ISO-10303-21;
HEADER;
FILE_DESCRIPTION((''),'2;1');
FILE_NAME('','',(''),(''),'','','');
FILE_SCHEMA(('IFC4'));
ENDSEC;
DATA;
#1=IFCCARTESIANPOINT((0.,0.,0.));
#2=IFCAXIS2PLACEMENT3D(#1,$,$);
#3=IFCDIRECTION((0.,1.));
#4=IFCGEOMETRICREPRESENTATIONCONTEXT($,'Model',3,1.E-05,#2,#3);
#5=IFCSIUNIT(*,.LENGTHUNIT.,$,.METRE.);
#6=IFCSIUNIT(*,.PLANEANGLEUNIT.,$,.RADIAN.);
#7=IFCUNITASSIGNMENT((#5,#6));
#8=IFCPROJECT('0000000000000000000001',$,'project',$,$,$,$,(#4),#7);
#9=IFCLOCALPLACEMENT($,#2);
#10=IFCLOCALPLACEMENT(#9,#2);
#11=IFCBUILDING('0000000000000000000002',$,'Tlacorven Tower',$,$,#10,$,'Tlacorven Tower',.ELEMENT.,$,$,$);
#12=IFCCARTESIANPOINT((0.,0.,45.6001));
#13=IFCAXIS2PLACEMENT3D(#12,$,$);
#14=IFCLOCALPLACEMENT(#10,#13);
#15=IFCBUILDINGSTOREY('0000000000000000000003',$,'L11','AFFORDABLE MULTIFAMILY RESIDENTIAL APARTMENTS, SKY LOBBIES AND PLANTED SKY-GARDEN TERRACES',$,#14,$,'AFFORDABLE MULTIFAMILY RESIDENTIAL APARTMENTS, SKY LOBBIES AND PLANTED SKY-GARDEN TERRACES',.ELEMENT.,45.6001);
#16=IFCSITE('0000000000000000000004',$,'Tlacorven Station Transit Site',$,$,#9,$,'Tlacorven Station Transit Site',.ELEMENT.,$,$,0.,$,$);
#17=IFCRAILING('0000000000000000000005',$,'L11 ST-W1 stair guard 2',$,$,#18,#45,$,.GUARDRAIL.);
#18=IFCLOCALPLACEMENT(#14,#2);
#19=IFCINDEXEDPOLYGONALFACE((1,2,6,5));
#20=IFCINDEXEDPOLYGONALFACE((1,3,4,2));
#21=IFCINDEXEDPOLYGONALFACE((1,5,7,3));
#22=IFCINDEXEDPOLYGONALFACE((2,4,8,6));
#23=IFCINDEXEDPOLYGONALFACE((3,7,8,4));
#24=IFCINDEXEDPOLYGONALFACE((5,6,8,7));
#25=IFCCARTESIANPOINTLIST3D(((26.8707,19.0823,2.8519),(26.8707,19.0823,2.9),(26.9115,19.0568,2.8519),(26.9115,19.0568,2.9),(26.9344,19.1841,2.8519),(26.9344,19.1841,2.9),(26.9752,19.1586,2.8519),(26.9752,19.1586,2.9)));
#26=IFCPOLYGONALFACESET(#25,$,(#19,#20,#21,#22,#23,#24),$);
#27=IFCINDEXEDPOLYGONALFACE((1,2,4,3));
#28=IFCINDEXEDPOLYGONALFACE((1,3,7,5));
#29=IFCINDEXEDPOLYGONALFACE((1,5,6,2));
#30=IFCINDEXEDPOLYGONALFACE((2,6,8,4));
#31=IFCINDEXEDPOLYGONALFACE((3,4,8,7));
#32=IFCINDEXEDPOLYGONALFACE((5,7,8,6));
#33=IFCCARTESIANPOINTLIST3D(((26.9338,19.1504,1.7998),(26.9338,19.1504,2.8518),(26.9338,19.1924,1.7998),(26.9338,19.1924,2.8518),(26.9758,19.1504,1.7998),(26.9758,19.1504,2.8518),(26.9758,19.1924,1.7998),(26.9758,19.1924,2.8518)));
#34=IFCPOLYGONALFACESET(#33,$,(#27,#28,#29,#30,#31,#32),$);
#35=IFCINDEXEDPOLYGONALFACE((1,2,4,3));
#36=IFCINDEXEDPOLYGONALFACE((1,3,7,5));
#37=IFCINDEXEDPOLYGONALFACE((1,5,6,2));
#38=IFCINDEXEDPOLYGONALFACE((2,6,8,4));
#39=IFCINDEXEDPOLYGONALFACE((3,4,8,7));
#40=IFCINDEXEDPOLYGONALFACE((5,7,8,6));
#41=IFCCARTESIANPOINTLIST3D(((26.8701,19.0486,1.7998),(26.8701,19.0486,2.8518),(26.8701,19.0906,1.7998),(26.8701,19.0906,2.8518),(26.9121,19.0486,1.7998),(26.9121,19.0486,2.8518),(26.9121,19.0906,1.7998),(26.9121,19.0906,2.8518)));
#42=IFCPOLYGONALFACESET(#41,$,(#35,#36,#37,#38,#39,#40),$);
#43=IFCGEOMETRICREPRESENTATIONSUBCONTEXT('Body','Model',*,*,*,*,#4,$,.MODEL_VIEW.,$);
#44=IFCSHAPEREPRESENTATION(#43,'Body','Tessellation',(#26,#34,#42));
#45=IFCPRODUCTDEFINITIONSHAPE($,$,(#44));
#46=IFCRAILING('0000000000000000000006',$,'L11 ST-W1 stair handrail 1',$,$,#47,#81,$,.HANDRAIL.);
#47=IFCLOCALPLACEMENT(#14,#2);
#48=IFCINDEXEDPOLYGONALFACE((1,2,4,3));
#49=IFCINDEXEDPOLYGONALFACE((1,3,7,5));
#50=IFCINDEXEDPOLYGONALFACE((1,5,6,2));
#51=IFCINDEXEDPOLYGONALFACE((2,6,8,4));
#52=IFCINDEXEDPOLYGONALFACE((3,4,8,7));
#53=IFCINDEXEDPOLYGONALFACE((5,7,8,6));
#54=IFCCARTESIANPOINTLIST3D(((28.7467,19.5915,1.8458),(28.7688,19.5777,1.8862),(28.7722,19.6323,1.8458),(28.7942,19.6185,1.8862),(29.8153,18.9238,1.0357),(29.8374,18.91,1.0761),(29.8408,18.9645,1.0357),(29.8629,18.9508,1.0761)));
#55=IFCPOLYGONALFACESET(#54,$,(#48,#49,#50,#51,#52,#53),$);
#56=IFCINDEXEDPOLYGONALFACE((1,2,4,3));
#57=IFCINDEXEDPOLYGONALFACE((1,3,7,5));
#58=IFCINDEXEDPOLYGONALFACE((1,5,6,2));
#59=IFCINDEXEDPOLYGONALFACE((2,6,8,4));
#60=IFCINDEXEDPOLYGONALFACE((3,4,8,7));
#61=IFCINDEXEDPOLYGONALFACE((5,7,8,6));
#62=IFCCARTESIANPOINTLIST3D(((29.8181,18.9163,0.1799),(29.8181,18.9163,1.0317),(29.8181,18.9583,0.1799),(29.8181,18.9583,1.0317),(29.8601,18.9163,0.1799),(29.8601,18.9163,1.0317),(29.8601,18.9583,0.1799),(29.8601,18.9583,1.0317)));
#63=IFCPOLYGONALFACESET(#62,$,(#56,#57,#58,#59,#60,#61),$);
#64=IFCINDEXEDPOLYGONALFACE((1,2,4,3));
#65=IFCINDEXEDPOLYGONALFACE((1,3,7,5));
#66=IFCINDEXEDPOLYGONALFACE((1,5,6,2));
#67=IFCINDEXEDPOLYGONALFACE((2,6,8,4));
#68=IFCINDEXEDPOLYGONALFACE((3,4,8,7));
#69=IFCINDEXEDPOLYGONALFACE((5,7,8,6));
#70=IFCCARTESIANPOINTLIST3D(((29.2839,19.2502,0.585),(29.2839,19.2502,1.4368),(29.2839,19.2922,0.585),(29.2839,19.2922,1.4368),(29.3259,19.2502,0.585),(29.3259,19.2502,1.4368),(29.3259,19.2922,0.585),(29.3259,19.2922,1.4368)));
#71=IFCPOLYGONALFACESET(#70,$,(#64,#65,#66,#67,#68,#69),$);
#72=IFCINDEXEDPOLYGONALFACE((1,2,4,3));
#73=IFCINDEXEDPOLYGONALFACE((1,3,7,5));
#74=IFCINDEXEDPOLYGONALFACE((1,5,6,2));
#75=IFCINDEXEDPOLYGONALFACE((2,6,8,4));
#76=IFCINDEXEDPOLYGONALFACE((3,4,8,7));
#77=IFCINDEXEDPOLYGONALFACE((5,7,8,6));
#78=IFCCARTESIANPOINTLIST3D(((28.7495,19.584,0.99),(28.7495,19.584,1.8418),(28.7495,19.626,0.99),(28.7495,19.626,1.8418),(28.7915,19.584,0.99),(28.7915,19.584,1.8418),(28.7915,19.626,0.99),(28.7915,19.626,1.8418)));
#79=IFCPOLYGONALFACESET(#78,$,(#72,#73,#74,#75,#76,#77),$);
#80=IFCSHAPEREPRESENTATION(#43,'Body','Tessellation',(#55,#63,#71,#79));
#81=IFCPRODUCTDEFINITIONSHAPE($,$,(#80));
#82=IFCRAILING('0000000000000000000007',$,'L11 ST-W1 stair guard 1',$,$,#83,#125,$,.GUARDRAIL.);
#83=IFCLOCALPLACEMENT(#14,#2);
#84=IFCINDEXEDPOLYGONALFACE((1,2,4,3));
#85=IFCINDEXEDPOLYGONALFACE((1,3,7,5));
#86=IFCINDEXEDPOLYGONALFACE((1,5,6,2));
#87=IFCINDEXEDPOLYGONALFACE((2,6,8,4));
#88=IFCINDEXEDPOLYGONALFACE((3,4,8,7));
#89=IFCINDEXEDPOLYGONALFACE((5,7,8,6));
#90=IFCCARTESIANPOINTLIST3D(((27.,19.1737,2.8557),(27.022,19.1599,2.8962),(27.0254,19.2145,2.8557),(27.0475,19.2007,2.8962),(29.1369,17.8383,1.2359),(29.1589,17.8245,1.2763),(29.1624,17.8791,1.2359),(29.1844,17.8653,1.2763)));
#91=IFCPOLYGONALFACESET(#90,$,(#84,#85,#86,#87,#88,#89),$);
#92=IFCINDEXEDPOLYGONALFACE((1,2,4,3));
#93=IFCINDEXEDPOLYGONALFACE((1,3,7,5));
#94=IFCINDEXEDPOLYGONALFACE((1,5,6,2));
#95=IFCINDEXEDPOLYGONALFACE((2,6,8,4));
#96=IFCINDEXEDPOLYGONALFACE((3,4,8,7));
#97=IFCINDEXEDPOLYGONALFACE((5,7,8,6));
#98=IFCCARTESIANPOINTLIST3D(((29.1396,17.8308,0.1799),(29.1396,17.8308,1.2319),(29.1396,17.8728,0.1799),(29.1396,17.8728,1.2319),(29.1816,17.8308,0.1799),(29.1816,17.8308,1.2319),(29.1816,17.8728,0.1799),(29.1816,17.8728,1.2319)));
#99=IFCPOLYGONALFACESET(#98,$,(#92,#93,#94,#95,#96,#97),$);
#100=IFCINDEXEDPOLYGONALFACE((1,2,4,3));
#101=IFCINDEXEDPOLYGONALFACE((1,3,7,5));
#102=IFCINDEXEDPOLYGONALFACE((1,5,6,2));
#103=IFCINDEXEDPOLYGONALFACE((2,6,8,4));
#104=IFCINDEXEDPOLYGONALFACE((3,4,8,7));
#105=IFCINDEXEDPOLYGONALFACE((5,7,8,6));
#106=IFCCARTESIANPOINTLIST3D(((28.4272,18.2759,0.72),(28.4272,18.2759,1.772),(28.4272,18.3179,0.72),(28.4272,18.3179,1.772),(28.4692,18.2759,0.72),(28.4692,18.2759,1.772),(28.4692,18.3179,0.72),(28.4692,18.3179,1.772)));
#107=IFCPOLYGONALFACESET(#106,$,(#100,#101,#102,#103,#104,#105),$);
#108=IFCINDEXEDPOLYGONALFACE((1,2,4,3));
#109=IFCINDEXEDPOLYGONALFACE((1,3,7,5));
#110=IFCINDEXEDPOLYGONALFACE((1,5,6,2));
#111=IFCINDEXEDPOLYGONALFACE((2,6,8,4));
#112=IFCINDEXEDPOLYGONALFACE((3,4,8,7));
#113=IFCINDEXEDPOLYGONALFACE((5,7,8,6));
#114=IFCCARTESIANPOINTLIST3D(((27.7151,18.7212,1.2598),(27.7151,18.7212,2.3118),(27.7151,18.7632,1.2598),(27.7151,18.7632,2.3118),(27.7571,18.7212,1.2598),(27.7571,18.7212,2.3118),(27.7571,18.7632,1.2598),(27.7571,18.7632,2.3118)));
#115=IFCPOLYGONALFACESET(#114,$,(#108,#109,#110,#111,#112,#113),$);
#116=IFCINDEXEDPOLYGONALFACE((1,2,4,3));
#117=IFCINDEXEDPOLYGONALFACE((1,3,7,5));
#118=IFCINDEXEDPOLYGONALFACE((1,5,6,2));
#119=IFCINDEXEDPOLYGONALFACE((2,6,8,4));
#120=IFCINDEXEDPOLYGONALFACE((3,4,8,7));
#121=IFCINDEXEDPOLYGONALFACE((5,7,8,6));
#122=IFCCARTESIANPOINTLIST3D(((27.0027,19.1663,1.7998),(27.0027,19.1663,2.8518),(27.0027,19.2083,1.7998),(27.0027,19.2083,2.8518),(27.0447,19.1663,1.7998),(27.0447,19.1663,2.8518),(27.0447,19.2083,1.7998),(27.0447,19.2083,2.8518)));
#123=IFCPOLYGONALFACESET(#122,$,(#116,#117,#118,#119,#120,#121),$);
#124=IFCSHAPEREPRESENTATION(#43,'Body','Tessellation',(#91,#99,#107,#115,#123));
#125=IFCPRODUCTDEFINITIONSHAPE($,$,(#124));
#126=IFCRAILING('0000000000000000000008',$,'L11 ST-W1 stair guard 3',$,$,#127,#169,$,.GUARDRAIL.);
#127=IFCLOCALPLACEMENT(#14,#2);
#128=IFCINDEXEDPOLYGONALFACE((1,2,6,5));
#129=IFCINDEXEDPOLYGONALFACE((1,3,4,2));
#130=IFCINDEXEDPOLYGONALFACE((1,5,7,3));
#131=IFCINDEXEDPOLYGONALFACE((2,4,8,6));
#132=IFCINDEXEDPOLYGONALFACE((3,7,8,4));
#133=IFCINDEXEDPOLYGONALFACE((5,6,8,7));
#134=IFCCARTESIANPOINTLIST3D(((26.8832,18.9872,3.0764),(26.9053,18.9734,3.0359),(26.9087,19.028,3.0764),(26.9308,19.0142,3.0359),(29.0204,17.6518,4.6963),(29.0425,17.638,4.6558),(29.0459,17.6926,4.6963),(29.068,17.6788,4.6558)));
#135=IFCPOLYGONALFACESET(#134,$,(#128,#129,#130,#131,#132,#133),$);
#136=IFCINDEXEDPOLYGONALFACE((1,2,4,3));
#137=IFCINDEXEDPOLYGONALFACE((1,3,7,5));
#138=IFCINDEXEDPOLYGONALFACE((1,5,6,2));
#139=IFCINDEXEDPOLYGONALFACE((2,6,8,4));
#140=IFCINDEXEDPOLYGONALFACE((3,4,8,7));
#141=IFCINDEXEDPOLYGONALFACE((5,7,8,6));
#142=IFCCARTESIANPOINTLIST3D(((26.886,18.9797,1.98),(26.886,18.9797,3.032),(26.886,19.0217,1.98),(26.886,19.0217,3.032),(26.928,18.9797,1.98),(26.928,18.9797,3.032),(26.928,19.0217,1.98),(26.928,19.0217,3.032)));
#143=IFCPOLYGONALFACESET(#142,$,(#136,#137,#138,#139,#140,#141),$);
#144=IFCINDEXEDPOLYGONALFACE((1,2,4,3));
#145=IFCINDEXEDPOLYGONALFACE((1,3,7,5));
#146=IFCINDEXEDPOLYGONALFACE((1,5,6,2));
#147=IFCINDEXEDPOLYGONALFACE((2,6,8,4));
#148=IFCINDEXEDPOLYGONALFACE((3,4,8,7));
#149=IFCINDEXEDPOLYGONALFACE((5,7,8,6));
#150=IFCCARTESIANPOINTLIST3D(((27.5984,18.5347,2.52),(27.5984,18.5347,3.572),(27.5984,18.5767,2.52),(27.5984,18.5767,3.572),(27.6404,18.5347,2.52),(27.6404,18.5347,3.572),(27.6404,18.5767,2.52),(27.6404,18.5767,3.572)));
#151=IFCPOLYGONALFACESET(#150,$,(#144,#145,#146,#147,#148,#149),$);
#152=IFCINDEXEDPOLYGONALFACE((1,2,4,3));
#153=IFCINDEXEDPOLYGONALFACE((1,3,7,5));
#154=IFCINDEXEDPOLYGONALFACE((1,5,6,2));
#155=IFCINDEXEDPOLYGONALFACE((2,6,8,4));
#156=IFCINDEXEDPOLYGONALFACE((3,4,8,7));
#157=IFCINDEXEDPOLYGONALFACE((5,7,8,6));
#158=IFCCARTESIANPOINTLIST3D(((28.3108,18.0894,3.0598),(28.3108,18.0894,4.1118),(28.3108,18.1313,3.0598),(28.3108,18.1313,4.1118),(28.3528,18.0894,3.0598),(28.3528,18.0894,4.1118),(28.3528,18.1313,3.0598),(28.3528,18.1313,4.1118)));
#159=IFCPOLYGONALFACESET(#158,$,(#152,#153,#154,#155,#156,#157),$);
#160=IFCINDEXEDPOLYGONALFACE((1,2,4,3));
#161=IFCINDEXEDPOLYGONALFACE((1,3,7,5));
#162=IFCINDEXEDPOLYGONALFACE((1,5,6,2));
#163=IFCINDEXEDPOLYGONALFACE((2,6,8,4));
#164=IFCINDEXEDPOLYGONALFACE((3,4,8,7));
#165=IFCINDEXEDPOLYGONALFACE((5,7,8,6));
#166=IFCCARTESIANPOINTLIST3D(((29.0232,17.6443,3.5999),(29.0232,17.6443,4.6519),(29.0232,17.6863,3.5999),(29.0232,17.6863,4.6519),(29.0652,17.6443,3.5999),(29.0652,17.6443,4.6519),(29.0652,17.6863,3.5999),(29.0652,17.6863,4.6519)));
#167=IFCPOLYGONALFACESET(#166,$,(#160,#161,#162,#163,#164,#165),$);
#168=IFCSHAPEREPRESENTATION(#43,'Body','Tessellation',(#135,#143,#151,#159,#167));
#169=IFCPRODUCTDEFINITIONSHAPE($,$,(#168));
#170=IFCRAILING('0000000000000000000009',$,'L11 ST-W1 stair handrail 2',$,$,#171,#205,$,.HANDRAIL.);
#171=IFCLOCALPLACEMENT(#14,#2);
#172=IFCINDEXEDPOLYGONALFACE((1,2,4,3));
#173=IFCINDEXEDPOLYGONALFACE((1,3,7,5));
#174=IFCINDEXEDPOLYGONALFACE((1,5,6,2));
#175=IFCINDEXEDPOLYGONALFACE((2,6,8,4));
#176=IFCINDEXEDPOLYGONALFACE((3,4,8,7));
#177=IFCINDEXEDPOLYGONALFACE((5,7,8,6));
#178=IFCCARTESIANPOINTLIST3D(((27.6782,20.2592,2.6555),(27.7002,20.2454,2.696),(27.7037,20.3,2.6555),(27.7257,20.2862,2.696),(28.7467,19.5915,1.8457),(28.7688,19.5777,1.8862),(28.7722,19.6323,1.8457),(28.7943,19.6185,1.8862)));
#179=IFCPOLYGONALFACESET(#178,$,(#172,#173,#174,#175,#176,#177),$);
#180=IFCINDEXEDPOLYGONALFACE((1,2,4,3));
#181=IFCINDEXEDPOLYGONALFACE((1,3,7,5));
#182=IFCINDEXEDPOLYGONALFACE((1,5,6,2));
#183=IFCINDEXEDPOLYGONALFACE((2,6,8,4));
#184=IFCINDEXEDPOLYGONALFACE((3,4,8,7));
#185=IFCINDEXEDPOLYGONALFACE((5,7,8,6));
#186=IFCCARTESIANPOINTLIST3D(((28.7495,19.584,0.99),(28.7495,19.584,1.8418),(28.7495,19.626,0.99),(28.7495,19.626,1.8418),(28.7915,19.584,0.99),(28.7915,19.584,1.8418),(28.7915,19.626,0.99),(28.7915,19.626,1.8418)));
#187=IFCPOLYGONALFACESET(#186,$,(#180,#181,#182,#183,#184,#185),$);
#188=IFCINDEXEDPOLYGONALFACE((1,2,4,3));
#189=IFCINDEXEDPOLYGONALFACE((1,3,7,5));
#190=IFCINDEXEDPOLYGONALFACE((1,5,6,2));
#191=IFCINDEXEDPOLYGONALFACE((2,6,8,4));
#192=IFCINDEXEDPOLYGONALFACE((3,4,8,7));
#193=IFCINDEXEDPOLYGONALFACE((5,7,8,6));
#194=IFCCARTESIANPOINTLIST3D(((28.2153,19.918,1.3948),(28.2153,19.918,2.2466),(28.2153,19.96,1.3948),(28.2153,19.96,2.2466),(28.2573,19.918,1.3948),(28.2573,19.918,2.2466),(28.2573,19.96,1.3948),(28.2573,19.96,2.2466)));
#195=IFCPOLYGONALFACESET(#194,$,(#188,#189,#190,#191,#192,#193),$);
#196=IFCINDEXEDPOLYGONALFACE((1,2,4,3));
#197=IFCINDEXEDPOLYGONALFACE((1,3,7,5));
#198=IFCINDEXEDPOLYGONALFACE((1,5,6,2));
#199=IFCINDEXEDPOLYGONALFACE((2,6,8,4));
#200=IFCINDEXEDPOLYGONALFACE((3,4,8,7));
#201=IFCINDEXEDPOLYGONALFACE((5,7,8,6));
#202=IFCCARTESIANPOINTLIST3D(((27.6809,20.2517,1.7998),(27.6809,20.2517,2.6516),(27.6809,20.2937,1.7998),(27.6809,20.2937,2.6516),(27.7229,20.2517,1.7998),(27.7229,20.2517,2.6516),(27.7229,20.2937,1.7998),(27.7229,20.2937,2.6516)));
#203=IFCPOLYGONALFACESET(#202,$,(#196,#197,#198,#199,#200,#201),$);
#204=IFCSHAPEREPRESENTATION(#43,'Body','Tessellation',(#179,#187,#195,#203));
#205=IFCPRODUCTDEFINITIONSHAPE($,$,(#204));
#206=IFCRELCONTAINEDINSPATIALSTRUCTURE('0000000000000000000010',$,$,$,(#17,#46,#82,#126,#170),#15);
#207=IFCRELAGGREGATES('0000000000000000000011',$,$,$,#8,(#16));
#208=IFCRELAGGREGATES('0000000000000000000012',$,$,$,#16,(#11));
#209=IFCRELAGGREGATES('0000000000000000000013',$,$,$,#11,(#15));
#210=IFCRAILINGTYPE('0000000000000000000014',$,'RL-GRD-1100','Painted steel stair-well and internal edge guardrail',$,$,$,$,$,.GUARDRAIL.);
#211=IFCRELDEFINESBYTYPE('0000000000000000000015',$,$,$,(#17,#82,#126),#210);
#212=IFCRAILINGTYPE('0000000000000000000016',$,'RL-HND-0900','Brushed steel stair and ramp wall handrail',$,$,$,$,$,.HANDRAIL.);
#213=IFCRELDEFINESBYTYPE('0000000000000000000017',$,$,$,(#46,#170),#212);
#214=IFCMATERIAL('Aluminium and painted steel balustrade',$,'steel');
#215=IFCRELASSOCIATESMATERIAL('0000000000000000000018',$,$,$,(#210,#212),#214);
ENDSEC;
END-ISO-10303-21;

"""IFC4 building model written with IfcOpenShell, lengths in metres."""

from ifc_helpers import new_model, si_unit, direction, frame, origin, origin_2d, place, context, subcontext, project, spatial, rectangle, extrude, source, transform, mapped, material, type_object, element, save


model = new_model("IFC4")

# Units and contexts
model_context = context("Model", 3, precision=1e-05, world=origin(), true_north=direction((0.0, 1.0)))
body_context = subcontext(model_context, "Body", "Model", "MODEL_VIEW")
ifc_project = project(units=[si_unit("LENGTHUNIT", "METRE"), si_unit("PLANEANGLEUNIT", "RADIAN")], contexts=[model_context])

# Site, building, storey
site_placement = place(None, origin())
site = spatial("IfcSite", under=ifc_project, at=site_placement, Name="Tlacorven Station Transit Site", LongName="Tlacorven Station Transit Site", CompositionType="ELEMENT", RefElevation=0.0)
building_placement = place(site_placement, origin())
building = spatial("IfcBuilding", under=site, at=building_placement, Name="Tlacorven Tower", LongName="Tlacorven Tower", CompositionType="ELEMENT")
storey_placement = place(building_placement, frame((0.0, 0.0, 45.6001)))
storey = spatial("IfcBuildingStorey", under=building, at=storey_placement, Name="L11", Description="AFFORDABLE MULTIFAMILY RESIDENTIAL APARTMENTS, SKY LOBBIES AND PLANTED SKY-GARDEN TERRACES", LongName="AFFORDABLE MULTIFAMILY RESIDENTIAL APARTMENTS, SKY LOBBIES AND PLANTED SKY-GARDEN TERRACES", CompositionType="ELEMENT", Elevation=45.6001)

# Railings
ifc_material_1 = material(Name="Aluminium and painted steel balustrade", Category="steel")
railing_type_1 = type_object("IfcRailingType", Name="RL-GRD-1100", Description="Painted steel stair-well and internal edge guardrail", PredefinedType="GUARDRAIL", material=ifc_material_1)
shared_shape_1 = source(origin(), body_context, "Body", "SweptSolid", [
    extrude(rectangle(XDim=0.0481, YDim=0.0481, at=origin_2d()), frame((0.0, 0.0, 1.0762), z_axis=(-0.530547, -0.847656, 0.0), x_axis=(0.847656, -0.530547, 0.0)), (0.0, 0.0, 1.0), 0.1201),
    extrude(rectangle(XDim=0.042, YDim=0.042, at=origin_2d()), origin(), (0.0, 0.0, 1.0), 1.052),
    extrude(rectangle(XDim=0.042, YDim=0.042, at=origin_2d()), frame((-0.0637, -0.1018, 0.0)), (0.0, 0.0, 1.0), 1.052),
])
railing_1_placement = place(storey_placement, frame((26.9548, 19.1714, 1.7998)))
element("IfcRailing", 1, at=railing_1_placement, inside=storey, type_object=railing_type_1, Name="L11 ST-W1 stair guard 2", PredefinedType="GUARDRAIL", context=body_context, shape_type="MappedRepresentation", body=[
    mapped(shared_shape_1, transform((0.0, 0.0, 0.0), scale=1.0)),
])
railing_type_2 = type_object("IfcRailingType", Name="RL-HND-0900", Description="Brushed steel stair and ramp wall handrail", PredefinedType="HANDRAIL", material=ifc_material_1)
shared_shape_2 = source(origin(), body_context, "Body", "SweptSolid", [
    extrude(rectangle(XDim=0.0481, YDim=0.0481, at=origin_2d()), frame((0.0, 0.0, 0.876), z_axis=(-0.71336, 0.445748, 0.540765), x_axis=(-0.529912, -0.848053, 0.0)), (0.0, 0.0, 1.0), 1.498),
    extrude(rectangle(XDim=0.042, YDim=0.042, at=origin_2d()), origin(), (0.0, 0.0, 1.0), 0.8518),
    extrude(rectangle(XDim=0.042, YDim=0.042, at=origin_2d()), frame((-0.5342, 0.334, 0.405)), (0.0, 0.0, 1.0), 0.8518),
    extrude(rectangle(XDim=0.042, YDim=0.042, at=origin_2d()), frame((-1.0686, 0.6677, 0.8101)), (0.0, 0.0, 1.0), 0.8518),
])
railing_2_placement = place(storey_placement, frame((29.8391, 18.9373, 0.1799)))
element("IfcRailing", 2, at=railing_2_placement, inside=storey, type_object=railing_type_2, Name="L11 ST-W1 stair handrail 1", PredefinedType="HANDRAIL", context=body_context, shape_type="MappedRepresentation", body=[
    mapped(shared_shape_2, transform((0.0, 0.0, 0.0), scale=1.0)),
])
shared_shape_3 = source(origin(), body_context, "Body", "SweptSolid", [
    extrude(rectangle(XDim=0.0481, YDim=0.0481, at=origin_2d()), frame((0.0, 0.0, 1.0762), z_axis=(-0.713351, 0.445794, 0.540739), x_axis=(-0.529955, -0.848026, 0.0)), (0.0, 0.0, 1.0), 2.9956),
    extrude(rectangle(XDim=0.042, YDim=0.042, at=origin_2d()), origin(), (0.0, 0.0, 1.0), 1.052),
    extrude(rectangle(XDim=0.042, YDim=0.042, at=origin_2d()), frame((-0.7124, 0.4451, 0.54)), (0.0, 0.0, 1.0), 1.052),
    extrude(rectangle(XDim=0.042, YDim=0.042, at=origin_2d()), frame((-1.4246, 0.8904, 1.0798)), (0.0, 0.0, 1.0), 1.052),
    extrude(rectangle(XDim=0.042, YDim=0.042, at=origin_2d()), frame((-2.137, 1.3354, 1.6199)), (0.0, 0.0, 1.0), 1.052),
])
railing_3_placement = place(storey_placement, frame((29.1606, 17.8518, 0.1799)))
element("IfcRailing", 3, at=railing_3_placement, inside=storey, type_object=railing_type_1, Name="L11 ST-W1 stair guard 1", PredefinedType="GUARDRAIL", context=body_context, shape_type="MappedRepresentation", body=[
    mapped(shared_shape_3, transform((0.0, 0.0, 0.0), scale=1.0)),
])
shared_shape_4 = source(origin(), body_context, "Body", "SweptSolid", [
    extrude(rectangle(XDim=0.0481, YDim=0.0481, at=origin_2d()), frame((0.0, 0.0, 1.0762), z_axis=(0.713391, -0.445768, 0.540707), x_axis=(0.529912, 0.848053, 0.0)), (0.0, 0.0, 1.0), 2.9958),
    extrude(rectangle(XDim=0.042, YDim=0.042, at=origin_2d()), origin(), (0.0, 0.0, 1.0), 1.052),
    extrude(rectangle(XDim=0.042, YDim=0.042, at=origin_2d()), frame((0.7124, -0.4451, 0.54)), (0.0, 0.0, 1.0), 1.052),
    extrude(rectangle(XDim=0.042, YDim=0.042, at=origin_2d()), frame((1.4248, -0.8904, 1.0798)), (0.0, 0.0, 1.0), 1.052),
    extrude(rectangle(XDim=0.042, YDim=0.042, at=origin_2d()), frame((2.1372, -1.3354, 1.6199)), (0.0, 0.0, 1.0), 1.052),
])
railing_4_placement = place(storey_placement, frame((26.907, 19.0007, 1.98)))
element("IfcRailing", 4, at=railing_4_placement, inside=storey, type_object=railing_type_1, Name="L11 ST-W1 stair guard 3", PredefinedType="GUARDRAIL", context=body_context, shape_type="MappedRepresentation", body=[
    mapped(shared_shape_4, transform((0.0, 0.0, 0.0), scale=1.0)),
])
shared_shape_5 = source(origin(), body_context, "Body", "SweptSolid", [
    extrude(rectangle(XDim=0.0481, YDim=0.0481, at=origin_2d()), frame((0.0, 0.0, 0.876), z_axis=(-0.713423, 0.445787, 0.540649), x_axis=(-0.529912, -0.848053, 0.0)), (0.0, 0.0, 1.0), 1.4978),
    extrude(rectangle(XDim=0.042, YDim=0.042, at=origin_2d()), origin(), (0.0, 0.0, 1.0), 0.8518),
    extrude(rectangle(XDim=0.042, YDim=0.042, at=origin_2d()), frame((-0.5342, 0.334, 0.4048)), (0.0, 0.0, 1.0), 0.8518),
    extrude(rectangle(XDim=0.042, YDim=0.042, at=origin_2d()), frame((-1.0686, 0.6677, 0.8098)), (0.0, 0.0, 1.0), 0.8518),
])
railing_5_placement = place(storey_placement, frame((28.7705, 19.605, 0.99)))
element("IfcRailing", 5, at=railing_5_placement, inside=storey, type_object=railing_type_2, Name="L11 ST-W1 stair handrail 2", PredefinedType="HANDRAIL", context=body_context, shape_type="MappedRepresentation", body=[
    mapped(shared_shape_5, transform((0.0, 0.0, 0.0), scale=1.0)),
])

save(model, "model.ifc")
